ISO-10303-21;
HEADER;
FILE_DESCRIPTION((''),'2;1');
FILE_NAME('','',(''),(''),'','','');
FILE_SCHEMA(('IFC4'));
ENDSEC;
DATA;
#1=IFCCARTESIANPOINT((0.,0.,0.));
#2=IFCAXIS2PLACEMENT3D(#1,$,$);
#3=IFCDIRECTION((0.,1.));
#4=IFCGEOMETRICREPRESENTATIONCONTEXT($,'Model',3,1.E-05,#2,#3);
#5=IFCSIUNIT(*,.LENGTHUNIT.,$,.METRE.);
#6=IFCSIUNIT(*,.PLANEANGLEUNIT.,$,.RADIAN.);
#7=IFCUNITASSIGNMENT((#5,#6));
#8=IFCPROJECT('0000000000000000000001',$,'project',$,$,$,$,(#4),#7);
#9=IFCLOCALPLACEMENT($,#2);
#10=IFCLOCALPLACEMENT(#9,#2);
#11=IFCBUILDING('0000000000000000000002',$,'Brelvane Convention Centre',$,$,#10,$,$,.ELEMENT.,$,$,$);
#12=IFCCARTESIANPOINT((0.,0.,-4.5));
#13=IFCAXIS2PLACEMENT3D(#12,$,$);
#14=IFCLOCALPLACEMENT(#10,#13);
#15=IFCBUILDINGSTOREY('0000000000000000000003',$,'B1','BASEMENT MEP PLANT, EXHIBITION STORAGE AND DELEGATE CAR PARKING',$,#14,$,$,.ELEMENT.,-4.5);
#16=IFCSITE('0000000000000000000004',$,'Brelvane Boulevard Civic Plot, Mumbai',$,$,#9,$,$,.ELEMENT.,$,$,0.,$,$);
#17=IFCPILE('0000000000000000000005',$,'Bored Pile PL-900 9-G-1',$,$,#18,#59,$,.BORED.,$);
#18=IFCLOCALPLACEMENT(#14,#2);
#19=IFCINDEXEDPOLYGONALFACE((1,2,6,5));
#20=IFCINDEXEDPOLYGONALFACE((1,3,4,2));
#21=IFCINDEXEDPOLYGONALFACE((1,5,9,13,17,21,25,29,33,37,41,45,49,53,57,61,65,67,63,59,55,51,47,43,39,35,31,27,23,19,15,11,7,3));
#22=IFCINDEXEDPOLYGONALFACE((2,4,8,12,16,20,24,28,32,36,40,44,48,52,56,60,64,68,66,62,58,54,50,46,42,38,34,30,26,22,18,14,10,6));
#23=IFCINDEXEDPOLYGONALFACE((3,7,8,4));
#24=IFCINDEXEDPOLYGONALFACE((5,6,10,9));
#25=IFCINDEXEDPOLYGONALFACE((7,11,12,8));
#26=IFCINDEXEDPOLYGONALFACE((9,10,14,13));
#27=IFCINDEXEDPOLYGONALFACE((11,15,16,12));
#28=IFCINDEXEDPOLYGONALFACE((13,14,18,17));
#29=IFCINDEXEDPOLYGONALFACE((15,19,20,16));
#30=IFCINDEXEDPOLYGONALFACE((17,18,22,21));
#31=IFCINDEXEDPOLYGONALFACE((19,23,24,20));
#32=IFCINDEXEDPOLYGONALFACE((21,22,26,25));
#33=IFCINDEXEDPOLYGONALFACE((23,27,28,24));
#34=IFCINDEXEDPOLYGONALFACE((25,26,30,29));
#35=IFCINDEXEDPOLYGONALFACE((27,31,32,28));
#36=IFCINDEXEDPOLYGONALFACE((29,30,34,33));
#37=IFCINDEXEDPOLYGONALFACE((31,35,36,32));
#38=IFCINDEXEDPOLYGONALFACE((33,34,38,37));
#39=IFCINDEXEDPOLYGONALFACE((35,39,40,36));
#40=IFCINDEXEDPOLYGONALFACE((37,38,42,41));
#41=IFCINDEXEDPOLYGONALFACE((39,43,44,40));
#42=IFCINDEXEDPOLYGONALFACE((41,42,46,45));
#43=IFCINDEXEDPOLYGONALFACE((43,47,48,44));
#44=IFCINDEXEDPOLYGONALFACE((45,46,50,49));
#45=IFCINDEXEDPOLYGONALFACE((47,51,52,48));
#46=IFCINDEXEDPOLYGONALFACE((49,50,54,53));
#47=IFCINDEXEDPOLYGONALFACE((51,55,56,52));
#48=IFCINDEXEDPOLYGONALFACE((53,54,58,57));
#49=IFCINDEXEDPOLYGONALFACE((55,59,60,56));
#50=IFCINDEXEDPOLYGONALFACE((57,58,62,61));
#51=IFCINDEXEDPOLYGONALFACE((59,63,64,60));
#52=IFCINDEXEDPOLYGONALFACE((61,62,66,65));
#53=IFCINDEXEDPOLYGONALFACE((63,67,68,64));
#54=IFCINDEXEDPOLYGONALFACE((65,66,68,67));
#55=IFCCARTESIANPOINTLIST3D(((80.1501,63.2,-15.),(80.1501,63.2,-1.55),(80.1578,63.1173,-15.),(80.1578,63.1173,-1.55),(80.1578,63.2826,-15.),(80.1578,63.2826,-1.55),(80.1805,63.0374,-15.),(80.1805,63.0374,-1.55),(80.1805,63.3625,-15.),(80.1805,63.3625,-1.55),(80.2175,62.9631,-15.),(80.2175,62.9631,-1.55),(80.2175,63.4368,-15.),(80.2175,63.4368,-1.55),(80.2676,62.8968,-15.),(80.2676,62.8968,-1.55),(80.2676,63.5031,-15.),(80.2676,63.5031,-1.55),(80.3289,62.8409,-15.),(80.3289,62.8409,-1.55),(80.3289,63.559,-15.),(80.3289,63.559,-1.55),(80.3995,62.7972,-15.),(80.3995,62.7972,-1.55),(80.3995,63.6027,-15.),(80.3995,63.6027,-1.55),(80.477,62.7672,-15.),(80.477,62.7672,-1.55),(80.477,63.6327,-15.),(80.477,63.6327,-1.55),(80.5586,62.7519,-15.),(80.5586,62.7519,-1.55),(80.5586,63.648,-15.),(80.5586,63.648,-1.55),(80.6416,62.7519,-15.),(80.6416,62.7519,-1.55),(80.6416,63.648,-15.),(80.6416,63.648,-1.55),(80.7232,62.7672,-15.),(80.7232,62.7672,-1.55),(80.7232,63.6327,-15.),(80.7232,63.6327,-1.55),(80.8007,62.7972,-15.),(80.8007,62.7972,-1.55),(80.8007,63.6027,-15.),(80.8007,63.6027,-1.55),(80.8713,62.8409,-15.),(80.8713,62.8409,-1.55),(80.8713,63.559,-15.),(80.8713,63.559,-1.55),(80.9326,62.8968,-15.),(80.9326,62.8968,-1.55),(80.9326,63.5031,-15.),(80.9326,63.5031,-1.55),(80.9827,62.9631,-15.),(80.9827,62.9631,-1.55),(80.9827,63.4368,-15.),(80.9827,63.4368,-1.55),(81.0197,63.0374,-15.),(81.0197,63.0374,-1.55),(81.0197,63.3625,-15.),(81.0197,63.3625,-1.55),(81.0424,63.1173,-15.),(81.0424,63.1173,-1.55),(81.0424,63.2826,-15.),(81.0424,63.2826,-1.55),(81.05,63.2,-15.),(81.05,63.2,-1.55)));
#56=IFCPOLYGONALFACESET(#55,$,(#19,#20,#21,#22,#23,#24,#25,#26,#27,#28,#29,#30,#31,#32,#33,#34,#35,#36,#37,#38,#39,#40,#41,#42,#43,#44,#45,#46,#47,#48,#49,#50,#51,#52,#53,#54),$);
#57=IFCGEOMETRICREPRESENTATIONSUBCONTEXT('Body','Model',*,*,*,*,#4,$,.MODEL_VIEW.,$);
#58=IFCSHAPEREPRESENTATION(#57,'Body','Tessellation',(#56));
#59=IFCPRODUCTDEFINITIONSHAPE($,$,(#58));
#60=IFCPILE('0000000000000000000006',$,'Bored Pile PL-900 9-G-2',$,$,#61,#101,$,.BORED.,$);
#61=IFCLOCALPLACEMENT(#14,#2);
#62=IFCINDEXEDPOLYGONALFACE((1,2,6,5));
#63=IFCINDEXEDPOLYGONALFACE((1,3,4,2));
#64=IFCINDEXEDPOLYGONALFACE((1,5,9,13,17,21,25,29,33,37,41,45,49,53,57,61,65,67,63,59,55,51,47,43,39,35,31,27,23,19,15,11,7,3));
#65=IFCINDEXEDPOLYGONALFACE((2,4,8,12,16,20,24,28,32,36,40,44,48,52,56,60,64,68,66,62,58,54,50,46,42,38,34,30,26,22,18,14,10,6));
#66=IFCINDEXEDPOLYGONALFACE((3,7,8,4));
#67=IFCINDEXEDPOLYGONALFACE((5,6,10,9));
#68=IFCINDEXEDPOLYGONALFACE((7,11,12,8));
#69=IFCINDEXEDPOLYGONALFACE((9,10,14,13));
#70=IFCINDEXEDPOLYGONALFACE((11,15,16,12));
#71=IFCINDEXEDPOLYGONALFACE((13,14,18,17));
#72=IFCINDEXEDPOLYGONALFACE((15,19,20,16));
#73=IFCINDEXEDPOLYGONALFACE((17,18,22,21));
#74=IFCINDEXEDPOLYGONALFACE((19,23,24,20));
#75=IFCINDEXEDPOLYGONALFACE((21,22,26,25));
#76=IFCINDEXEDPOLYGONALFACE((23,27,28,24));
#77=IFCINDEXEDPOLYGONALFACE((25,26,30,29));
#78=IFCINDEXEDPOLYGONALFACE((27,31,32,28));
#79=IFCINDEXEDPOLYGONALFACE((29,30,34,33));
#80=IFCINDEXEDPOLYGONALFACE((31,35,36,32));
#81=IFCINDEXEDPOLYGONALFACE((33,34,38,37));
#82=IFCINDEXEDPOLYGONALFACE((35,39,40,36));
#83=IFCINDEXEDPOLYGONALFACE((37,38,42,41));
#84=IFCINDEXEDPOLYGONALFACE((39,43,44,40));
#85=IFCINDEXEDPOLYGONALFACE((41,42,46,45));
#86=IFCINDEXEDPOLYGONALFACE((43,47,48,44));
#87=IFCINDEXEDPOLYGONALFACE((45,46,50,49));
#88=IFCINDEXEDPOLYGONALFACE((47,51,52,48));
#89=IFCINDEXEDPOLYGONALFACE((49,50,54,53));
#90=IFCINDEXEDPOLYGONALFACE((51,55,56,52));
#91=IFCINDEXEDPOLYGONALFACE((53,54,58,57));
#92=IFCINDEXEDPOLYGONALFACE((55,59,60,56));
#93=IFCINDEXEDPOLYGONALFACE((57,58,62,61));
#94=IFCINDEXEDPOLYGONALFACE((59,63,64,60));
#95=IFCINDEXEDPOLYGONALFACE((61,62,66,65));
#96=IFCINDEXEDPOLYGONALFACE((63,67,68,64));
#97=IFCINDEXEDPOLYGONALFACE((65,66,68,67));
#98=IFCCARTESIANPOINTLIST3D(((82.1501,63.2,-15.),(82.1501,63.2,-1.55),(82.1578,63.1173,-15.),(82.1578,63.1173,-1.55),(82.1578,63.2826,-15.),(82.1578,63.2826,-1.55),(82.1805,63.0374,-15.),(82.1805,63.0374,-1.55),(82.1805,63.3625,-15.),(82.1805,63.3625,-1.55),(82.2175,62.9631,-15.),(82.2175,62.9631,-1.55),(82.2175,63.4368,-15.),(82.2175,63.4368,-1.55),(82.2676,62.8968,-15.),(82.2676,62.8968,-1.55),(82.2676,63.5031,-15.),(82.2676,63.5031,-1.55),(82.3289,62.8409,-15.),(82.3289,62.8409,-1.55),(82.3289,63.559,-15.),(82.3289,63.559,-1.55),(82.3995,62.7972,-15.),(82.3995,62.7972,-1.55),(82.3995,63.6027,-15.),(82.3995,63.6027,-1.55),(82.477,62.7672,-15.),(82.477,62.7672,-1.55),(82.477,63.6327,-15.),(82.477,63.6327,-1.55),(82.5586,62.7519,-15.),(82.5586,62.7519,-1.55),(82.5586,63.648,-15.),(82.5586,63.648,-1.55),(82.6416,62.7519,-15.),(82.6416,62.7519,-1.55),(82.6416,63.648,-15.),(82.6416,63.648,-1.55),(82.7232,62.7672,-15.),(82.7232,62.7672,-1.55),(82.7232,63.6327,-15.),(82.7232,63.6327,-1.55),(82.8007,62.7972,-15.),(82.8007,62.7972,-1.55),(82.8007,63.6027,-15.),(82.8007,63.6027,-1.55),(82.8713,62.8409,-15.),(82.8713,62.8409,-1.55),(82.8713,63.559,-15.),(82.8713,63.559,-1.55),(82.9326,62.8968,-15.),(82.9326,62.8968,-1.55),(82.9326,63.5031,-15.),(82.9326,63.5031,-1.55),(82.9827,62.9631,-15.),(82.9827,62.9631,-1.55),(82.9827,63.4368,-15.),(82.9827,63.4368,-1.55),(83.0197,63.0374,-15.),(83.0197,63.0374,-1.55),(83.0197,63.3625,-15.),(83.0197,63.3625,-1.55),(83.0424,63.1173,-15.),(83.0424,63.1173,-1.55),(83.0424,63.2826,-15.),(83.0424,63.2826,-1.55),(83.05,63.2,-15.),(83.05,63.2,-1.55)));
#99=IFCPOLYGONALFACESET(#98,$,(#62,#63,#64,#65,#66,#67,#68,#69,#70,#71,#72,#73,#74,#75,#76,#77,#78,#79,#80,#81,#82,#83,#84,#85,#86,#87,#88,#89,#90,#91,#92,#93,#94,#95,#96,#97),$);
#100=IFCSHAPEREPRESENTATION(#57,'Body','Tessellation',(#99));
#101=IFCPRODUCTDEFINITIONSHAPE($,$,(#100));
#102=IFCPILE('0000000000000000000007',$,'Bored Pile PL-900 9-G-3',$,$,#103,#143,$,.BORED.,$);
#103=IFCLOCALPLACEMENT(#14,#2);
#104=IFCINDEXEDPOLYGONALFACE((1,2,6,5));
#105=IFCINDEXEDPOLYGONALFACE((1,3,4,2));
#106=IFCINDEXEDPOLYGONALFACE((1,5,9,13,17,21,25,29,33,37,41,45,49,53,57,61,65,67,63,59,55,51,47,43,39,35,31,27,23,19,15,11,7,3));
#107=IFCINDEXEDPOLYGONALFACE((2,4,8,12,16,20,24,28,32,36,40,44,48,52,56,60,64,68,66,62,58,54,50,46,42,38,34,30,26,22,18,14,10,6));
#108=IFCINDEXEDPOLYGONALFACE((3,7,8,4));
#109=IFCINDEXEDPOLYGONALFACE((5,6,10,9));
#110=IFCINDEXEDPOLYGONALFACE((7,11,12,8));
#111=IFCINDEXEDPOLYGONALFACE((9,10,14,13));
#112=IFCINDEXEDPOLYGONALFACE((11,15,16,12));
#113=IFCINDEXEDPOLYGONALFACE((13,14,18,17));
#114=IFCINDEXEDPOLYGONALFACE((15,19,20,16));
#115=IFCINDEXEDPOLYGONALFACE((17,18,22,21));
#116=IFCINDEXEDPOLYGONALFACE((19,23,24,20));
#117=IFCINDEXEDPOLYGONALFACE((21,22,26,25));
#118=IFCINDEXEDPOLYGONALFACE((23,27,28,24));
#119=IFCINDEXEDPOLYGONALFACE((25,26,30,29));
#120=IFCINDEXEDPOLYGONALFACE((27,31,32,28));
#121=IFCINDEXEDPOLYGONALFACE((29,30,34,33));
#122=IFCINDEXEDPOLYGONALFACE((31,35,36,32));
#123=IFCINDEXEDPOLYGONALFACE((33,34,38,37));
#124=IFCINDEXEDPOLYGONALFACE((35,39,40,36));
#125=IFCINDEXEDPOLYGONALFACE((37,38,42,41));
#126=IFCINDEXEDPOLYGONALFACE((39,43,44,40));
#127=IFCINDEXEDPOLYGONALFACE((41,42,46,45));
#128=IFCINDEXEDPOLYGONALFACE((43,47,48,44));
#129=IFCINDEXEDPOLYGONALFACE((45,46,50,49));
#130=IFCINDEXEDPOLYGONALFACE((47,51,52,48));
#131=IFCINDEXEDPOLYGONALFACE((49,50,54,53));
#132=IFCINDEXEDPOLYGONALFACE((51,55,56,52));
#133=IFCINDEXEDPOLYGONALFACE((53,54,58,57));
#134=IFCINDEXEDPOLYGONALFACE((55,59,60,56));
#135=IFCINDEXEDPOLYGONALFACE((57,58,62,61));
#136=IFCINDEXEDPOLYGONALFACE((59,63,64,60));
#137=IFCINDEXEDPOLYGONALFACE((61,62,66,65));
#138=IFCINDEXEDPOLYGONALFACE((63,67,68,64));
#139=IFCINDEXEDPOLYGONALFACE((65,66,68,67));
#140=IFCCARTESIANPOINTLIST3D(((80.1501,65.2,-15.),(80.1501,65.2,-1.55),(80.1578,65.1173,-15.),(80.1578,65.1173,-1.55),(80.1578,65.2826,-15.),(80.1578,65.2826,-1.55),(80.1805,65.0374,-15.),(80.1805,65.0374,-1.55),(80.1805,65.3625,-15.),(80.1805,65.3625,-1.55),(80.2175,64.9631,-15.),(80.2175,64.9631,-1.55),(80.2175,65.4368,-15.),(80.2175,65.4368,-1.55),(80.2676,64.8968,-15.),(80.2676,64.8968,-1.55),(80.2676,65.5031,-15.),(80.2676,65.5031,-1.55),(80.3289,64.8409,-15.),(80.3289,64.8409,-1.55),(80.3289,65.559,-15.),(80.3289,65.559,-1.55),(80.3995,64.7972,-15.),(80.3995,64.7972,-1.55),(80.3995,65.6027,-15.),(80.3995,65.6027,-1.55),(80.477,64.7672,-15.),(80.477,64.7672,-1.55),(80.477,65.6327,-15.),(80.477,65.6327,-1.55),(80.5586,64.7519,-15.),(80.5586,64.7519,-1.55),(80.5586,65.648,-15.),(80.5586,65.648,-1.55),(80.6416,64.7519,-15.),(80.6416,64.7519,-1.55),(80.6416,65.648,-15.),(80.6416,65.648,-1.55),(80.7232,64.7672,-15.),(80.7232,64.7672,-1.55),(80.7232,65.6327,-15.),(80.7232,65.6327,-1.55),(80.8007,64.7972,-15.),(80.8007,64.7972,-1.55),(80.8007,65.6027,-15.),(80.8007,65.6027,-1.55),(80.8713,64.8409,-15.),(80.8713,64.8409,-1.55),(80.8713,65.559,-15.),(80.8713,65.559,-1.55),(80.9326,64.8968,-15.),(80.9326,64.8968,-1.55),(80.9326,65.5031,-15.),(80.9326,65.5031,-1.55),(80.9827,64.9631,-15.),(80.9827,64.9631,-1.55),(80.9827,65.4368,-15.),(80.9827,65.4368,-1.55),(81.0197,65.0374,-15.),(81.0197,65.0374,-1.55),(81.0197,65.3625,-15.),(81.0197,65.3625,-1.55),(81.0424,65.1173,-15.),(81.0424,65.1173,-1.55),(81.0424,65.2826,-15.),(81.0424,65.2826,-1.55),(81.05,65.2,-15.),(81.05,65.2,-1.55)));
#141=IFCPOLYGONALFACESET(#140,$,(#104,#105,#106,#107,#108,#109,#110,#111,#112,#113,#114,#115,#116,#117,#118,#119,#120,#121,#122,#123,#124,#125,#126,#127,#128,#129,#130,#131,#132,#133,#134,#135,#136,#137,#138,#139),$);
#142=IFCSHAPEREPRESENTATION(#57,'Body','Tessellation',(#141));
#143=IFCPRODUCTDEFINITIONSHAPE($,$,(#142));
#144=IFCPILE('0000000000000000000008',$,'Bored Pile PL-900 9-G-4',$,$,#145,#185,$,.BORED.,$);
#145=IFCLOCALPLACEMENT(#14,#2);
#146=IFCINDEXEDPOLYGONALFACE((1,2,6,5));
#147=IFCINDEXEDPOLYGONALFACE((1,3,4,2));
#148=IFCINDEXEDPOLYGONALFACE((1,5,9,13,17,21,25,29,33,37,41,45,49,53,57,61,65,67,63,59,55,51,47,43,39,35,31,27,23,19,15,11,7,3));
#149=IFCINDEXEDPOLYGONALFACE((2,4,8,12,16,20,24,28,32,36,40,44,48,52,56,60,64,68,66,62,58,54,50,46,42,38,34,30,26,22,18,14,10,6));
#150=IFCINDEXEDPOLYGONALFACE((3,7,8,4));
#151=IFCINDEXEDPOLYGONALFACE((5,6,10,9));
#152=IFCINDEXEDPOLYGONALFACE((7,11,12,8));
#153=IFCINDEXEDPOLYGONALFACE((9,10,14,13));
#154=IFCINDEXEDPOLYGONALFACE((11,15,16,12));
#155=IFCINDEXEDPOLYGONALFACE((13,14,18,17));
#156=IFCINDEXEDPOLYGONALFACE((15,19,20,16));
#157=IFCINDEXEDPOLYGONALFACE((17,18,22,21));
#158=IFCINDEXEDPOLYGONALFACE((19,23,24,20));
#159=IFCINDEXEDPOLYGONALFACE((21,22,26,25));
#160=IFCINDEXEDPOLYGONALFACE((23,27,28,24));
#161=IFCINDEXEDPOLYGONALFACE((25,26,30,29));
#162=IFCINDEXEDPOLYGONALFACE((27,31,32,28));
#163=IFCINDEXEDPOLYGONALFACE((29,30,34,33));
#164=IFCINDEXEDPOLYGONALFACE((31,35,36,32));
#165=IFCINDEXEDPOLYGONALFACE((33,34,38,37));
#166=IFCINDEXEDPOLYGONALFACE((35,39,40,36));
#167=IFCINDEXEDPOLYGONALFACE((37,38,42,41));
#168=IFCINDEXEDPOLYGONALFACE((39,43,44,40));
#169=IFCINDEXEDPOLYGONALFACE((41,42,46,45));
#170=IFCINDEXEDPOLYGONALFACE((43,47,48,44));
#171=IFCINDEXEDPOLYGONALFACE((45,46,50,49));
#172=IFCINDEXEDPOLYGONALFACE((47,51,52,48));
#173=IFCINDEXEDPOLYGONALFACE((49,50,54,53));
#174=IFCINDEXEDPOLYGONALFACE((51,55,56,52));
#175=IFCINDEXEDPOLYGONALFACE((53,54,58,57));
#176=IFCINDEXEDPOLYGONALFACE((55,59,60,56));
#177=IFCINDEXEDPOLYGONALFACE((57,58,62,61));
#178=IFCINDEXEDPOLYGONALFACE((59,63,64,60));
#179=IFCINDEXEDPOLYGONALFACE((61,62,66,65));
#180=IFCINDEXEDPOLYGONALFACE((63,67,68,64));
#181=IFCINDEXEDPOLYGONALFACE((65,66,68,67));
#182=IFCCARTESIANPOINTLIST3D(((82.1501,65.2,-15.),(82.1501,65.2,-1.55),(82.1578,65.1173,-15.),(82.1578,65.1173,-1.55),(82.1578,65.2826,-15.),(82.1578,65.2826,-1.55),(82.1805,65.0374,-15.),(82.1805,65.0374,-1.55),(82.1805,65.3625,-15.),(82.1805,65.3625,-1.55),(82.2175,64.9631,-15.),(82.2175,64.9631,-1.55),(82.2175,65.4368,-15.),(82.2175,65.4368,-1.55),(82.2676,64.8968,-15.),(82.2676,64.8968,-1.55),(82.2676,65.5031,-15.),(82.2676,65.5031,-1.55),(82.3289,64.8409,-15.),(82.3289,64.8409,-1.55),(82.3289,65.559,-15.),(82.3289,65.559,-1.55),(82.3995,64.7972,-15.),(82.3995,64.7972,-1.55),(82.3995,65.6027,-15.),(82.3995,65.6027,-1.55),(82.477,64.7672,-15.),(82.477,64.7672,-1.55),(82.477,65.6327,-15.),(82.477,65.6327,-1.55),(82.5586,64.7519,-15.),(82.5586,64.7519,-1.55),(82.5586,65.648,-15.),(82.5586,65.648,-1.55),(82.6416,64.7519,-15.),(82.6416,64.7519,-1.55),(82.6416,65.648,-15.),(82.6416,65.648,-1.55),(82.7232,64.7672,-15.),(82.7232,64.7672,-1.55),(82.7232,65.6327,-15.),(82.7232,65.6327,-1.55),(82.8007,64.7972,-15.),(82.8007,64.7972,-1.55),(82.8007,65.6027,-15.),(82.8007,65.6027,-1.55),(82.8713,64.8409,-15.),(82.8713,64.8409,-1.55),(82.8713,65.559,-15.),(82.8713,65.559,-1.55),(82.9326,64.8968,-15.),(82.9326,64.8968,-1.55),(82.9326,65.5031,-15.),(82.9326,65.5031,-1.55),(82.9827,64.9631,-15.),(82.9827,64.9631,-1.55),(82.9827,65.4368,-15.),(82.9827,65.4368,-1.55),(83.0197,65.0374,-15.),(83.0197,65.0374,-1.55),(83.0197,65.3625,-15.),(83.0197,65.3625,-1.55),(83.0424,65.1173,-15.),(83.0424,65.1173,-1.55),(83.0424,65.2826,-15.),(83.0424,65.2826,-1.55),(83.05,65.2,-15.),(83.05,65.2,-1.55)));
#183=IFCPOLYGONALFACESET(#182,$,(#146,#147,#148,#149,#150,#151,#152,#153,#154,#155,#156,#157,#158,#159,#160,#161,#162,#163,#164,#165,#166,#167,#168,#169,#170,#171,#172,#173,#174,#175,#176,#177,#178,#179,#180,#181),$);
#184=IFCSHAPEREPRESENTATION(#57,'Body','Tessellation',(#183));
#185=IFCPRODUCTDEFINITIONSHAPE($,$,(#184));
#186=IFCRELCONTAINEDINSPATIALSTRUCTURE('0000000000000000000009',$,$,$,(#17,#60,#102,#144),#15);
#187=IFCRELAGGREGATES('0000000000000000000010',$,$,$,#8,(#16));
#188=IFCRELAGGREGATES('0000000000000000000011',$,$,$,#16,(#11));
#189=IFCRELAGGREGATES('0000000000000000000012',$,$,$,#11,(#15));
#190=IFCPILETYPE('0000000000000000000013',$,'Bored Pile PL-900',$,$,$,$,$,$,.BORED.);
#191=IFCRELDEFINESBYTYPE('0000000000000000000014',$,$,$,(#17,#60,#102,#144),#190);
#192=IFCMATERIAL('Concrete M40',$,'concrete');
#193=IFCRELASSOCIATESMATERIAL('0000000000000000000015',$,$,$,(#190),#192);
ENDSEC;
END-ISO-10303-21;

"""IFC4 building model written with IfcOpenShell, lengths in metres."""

from ifc_helpers import new_model, si_unit, direction, frame, origin, origin_2d, place, context, subcontext, project, spatial, circle, extrude, material, material_profile, profile_set, type_object, element, save


model = new_model("IFC4")

# Units and contexts
model_context = context("Model", 3, precision=1e-05, world=origin(), true_north=direction((0.0, 1.0)))
body_context = subcontext(model_context, "Body", "Model", "MODEL_VIEW")
ifc_project = project(units=[si_unit("LENGTHUNIT", "METRE"), si_unit("PLANEANGLEUNIT", "RADIAN")], contexts=[model_context])

# Site, building, storey
site_placement = place(None, origin())
site = spatial("IfcSite", under=ifc_project, at=site_placement, Name="Brelvane Boulevard Civic Plot, Mumbai", CompositionType="ELEMENT", RefElevation=0.0)
building_placement = place(site_placement, origin())
building = spatial("IfcBuilding", under=site, at=building_placement, Name="Brelvane Convention Centre", CompositionType="ELEMENT")
storey_placement = place(building_placement, frame((0.0, 0.0, -4.5)))
storey = spatial("IfcBuildingStorey", under=building, at=storey_placement, Name="B1", Description="BASEMENT MEP PLANT, EXHIBITION STORAGE AND DELEGATE CAR PARKING", CompositionType="ELEMENT", Elevation=-4.5)

# Piles
ifc_material_1 = material(Name="Concrete M40", Category="concrete")
ifc_material_profile_1 = material_profile(ifc_material_1, circle(Radius=0.45, at=origin_2d()), Name="PILE D900")
ifc_profile_set_1 = profile_set([ifc_material_profile_1], Name="Concrete M40")
pile_type = type_object("IfcPileType", Name="Bored Pile PL-900", PredefinedType="BORED", material=ifc_profile_set_1)
for number, where, z_axis, x_axis, name in (
    (1, (80.6001, 63.2, -1.55), (0.0, 0.0, -1.0), (1.0, 0.0, 0.0), "Bored Pile PL-900 9-G-1"),
    (2, (82.6001, 63.2, -1.55), (0.0, 0.0, -1.0), (1.0, 0.0, 0.0), "Bored Pile PL-900 9-G-2"),
    (3, (80.6001, 65.2, -1.55), (0.0, 0.0, -1.0), (1.0, 0.0, 0.0), "Bored Pile PL-900 9-G-3"),
    (4, (82.6001, 65.2, -1.55), (0.0, 0.0, -1.0), (1.0, 0.0, 0.0), "Bored Pile PL-900 9-G-4"),
):
    element("IfcPile", number, at=place(storey_placement, frame(where, z_axis=z_axis, x_axis=x_axis)), inside=storey, type_object=pile_type, Name=name, PredefinedType="BORED", context=body_context, shape_type="SweptSolid", body=[
        extrude(circle(Radius=0.45, at=origin_2d()), origin(), (0.0, 0.0, 1.0), 13.45),
    ])

save(model, "model.ifc")
